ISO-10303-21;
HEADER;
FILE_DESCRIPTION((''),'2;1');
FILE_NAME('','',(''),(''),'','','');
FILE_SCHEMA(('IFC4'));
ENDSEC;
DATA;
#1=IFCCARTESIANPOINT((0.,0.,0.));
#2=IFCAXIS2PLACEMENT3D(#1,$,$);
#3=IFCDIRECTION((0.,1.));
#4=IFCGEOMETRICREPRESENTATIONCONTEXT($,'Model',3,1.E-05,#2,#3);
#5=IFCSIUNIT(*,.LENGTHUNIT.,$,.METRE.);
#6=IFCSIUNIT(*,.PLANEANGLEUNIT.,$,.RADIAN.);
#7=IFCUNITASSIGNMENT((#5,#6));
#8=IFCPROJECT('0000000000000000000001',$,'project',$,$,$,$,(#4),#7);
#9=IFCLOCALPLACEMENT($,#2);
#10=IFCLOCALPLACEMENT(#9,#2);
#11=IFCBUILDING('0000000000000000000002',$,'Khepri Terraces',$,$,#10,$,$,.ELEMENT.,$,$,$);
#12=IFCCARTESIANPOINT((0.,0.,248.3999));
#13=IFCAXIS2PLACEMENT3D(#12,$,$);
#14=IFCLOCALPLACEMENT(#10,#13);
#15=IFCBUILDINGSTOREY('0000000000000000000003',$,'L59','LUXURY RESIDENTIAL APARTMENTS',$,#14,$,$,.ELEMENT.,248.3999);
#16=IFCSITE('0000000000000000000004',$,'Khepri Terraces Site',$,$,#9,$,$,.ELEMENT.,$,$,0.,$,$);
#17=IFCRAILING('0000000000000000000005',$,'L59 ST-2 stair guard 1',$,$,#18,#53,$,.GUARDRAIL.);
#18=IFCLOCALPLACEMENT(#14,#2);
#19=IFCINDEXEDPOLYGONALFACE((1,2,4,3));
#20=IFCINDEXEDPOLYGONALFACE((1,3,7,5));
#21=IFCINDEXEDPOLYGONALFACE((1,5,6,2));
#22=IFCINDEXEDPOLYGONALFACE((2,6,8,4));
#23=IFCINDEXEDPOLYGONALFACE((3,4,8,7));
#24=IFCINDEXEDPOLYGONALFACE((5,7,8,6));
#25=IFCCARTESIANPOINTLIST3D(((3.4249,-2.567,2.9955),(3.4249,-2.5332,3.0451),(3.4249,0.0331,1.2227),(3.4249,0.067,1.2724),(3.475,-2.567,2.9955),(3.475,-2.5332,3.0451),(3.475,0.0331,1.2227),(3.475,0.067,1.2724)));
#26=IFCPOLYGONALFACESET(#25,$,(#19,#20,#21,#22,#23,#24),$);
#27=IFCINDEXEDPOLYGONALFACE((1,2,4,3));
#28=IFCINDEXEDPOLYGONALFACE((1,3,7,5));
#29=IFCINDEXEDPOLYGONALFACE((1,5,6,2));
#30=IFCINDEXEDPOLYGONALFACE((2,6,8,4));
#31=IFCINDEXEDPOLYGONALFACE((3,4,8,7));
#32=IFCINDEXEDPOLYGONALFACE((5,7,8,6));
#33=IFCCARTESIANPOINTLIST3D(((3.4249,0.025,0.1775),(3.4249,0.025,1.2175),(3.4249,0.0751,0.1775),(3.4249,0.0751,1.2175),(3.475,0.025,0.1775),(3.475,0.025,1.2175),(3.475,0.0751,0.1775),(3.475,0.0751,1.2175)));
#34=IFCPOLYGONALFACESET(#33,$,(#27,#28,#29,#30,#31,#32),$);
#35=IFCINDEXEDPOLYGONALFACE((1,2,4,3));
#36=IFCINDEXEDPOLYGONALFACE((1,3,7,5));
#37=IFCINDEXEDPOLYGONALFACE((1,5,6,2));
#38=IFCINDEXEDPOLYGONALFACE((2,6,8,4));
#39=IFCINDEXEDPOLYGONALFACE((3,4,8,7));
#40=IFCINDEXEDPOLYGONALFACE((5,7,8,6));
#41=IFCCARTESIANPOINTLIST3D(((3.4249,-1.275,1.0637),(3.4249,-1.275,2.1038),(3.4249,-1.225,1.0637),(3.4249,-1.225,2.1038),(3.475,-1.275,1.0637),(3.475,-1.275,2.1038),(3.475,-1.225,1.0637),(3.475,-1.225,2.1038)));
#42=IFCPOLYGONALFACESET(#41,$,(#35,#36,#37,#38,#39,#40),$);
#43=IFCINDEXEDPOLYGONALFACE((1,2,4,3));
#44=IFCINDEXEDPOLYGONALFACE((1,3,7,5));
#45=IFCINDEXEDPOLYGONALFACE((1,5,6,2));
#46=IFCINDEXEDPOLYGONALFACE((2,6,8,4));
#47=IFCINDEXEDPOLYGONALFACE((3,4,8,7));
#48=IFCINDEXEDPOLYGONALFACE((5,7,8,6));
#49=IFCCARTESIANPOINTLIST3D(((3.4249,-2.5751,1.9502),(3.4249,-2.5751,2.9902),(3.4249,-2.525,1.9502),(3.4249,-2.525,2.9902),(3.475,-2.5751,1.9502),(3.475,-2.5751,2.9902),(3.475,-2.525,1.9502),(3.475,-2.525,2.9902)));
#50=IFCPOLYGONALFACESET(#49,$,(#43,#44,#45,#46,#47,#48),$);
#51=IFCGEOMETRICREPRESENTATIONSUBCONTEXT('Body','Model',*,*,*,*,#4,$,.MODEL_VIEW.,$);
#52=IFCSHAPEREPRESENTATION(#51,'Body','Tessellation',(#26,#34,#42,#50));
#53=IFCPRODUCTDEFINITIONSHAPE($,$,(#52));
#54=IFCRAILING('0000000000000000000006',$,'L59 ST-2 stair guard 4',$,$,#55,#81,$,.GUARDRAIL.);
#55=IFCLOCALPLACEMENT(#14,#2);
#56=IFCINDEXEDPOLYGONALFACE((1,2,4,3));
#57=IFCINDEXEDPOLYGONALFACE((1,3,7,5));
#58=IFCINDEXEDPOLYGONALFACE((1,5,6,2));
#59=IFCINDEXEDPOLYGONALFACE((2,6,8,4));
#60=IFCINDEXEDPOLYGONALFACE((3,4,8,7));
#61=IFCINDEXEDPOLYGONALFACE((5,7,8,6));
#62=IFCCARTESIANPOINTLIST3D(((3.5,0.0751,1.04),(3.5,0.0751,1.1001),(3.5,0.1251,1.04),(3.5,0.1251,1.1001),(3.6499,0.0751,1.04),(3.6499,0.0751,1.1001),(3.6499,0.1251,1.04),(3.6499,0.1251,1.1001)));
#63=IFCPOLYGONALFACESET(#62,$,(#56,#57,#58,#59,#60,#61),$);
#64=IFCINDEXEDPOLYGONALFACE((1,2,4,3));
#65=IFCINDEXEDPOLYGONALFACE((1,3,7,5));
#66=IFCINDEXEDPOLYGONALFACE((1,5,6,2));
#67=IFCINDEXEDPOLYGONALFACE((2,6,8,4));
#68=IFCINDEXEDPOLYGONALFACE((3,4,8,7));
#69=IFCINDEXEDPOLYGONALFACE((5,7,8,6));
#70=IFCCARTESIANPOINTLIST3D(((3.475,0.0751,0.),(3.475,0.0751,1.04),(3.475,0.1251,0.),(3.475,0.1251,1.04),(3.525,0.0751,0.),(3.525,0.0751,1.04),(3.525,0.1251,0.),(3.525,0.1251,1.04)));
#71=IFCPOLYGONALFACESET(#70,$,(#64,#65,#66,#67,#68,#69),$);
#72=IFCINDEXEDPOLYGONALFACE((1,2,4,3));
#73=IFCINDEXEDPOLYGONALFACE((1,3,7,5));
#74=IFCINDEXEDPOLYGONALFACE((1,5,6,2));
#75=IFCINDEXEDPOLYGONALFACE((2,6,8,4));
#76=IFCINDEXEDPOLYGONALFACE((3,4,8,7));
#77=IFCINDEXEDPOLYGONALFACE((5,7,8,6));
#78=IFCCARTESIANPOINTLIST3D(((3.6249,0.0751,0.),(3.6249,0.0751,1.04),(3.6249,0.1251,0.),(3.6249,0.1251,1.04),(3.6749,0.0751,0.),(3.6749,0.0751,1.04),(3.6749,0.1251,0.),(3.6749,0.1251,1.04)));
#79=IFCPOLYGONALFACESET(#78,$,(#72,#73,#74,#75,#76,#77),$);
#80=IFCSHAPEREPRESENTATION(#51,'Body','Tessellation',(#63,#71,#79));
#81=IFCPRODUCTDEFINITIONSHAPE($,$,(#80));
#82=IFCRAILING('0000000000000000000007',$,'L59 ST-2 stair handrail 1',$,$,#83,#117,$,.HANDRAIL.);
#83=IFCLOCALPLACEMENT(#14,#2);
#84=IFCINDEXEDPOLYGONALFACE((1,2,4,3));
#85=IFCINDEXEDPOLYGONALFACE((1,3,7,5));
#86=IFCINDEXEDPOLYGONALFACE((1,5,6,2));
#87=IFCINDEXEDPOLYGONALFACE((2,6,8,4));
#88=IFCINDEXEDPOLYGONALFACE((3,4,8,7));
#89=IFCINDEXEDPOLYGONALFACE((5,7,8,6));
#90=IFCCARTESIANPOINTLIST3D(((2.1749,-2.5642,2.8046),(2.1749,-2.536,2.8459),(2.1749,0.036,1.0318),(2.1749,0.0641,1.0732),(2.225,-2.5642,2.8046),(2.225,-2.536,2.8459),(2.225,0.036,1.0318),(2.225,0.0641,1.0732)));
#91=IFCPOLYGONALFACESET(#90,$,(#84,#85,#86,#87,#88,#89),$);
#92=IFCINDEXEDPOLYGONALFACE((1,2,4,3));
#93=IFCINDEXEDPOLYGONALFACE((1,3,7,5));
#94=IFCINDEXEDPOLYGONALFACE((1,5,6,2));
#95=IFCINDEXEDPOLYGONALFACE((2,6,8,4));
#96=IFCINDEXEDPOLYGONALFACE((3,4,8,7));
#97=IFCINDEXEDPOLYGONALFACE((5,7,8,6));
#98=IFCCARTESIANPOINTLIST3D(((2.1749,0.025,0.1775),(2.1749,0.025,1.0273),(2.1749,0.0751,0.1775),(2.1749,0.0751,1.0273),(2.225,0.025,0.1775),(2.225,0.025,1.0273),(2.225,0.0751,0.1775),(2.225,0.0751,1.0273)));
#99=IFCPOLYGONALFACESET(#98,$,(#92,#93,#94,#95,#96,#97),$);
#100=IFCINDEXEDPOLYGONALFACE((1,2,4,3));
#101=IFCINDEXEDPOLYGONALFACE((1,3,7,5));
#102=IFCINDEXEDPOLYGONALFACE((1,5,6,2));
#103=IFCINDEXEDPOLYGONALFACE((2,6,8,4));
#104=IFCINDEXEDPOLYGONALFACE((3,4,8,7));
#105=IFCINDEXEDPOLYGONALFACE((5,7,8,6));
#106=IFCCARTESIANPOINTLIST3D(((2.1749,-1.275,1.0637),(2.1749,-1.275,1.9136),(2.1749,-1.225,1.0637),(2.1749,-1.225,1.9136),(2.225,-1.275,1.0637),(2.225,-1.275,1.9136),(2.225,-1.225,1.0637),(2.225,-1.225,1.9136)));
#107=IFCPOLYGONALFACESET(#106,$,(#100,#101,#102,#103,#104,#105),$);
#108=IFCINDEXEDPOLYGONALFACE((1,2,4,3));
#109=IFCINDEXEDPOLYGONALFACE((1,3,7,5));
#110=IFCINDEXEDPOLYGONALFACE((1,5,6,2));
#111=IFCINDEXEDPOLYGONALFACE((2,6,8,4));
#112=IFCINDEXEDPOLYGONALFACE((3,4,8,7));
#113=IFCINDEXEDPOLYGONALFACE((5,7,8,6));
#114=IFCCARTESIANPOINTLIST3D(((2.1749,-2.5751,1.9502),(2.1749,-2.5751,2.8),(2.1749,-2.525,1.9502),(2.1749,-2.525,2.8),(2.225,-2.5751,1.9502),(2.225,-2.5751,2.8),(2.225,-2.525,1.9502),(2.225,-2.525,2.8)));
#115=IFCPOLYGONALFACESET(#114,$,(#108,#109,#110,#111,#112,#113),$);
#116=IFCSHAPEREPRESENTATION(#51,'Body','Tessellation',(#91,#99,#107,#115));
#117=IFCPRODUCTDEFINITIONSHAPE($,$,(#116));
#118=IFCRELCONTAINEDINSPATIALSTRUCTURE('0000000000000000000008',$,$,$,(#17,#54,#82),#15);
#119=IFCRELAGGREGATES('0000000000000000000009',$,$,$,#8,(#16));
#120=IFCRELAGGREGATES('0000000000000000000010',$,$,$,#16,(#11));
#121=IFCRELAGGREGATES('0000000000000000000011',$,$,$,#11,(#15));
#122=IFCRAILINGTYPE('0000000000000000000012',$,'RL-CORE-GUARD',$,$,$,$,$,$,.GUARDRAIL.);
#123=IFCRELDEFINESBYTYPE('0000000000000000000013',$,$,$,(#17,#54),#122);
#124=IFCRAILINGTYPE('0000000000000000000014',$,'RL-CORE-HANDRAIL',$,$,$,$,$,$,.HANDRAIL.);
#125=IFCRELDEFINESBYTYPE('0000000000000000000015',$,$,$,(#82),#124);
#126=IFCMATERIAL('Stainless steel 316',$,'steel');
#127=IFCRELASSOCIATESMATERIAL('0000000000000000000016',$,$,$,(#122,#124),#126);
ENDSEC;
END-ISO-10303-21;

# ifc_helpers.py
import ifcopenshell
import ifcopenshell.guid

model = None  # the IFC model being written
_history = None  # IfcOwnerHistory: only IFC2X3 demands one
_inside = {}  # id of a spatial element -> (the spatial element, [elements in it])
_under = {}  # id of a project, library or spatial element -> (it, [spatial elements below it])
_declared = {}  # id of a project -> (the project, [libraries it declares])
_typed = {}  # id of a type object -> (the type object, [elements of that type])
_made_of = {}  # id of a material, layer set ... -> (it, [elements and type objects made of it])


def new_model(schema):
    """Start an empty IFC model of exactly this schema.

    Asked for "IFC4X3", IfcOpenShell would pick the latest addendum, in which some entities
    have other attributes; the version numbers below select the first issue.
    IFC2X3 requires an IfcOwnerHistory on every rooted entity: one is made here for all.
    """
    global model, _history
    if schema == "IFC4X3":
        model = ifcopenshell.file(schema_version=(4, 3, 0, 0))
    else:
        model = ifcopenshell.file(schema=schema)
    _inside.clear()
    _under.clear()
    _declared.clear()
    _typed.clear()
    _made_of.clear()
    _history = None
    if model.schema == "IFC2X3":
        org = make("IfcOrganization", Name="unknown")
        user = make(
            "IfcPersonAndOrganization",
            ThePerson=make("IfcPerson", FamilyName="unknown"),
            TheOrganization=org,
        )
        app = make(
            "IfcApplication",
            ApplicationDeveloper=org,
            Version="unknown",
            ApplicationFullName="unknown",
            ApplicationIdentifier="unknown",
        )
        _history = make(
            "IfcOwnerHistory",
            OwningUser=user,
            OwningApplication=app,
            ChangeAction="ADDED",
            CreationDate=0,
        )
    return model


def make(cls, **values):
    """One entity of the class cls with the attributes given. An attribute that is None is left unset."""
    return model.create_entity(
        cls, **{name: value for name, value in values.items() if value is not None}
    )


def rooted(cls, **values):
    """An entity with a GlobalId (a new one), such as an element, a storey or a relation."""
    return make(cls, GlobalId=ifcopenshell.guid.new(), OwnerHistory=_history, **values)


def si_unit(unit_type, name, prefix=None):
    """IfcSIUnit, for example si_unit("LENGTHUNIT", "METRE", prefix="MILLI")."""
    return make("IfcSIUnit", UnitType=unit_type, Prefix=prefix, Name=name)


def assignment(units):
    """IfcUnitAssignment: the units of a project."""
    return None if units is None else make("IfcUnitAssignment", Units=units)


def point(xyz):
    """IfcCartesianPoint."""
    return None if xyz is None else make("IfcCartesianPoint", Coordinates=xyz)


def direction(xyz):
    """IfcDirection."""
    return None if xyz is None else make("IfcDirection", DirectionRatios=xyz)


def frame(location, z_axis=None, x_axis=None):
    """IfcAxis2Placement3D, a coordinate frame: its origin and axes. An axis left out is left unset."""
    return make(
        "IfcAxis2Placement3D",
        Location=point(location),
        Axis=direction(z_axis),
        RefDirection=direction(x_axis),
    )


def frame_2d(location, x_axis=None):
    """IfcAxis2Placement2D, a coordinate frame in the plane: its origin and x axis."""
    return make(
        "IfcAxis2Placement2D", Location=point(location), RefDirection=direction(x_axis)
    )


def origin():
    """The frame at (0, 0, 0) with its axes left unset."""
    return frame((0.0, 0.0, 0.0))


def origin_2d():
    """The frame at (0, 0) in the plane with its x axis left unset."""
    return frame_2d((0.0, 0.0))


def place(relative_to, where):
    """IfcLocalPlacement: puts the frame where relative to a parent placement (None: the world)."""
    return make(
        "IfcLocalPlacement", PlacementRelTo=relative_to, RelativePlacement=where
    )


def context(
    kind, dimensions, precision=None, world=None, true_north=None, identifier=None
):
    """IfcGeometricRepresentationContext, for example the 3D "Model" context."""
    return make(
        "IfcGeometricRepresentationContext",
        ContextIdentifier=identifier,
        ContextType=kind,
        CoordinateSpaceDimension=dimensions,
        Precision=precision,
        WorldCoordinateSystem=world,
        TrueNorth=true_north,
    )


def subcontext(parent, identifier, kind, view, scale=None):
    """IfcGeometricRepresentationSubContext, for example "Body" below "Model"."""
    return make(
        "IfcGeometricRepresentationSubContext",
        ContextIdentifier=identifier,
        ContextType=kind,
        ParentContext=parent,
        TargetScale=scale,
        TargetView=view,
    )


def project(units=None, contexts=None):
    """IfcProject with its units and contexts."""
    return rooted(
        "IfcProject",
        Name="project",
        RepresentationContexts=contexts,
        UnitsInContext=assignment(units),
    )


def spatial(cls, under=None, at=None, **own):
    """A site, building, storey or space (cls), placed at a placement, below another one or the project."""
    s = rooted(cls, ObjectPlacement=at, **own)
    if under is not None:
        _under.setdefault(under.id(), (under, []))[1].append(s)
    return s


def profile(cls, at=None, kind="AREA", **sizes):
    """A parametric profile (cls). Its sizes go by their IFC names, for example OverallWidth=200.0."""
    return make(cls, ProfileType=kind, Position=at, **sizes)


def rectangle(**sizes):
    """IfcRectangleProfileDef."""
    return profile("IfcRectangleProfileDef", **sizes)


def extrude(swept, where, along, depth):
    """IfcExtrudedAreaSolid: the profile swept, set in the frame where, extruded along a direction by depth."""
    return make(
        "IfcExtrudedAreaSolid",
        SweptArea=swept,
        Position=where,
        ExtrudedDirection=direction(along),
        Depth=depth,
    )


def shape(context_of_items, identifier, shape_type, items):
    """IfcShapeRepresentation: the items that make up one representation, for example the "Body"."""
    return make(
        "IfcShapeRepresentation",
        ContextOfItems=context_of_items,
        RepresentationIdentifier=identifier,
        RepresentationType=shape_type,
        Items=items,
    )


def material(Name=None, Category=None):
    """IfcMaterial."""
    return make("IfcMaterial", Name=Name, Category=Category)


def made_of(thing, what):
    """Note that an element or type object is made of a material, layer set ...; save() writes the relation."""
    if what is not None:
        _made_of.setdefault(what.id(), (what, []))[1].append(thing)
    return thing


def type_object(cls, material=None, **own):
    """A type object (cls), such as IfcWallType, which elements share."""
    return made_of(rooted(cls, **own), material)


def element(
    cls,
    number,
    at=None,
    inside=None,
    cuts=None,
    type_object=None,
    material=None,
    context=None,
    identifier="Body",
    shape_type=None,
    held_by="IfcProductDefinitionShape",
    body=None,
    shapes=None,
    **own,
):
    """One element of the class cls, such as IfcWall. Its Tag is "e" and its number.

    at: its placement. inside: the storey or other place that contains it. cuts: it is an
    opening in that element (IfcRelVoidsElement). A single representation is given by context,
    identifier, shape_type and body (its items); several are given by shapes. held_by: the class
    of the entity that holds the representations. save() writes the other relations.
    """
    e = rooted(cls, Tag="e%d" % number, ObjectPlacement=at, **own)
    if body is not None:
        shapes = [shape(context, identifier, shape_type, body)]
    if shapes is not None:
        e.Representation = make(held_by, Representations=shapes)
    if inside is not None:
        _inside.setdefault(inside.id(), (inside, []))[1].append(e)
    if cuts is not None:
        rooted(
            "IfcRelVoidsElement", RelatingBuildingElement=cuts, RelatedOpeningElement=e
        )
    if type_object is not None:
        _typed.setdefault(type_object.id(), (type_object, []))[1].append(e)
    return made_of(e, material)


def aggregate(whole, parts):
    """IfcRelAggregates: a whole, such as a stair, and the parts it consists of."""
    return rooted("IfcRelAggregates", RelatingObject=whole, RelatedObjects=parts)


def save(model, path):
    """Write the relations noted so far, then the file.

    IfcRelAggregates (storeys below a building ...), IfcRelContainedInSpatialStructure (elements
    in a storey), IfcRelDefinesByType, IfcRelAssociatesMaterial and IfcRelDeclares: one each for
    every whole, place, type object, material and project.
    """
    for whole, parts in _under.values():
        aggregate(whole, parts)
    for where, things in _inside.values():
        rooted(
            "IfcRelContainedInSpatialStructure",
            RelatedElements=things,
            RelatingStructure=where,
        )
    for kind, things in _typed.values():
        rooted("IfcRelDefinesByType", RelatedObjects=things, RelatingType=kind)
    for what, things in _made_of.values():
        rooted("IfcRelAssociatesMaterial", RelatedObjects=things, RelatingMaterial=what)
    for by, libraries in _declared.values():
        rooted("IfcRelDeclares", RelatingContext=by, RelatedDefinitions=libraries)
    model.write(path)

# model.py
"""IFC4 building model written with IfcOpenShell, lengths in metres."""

from ifc_helpers import new_model, si_unit, direction, frame, origin, origin_2d, place, context, subcontext, project, spatial, rectangle, extrude, material, type_object, element, save


model = new_model("IFC4")

# Units and contexts
model_context = context("Model", 3, precision=1e-05, world=origin(), true_north=direction((0.0, 1.0)))
body_context = subcontext(model_context, "Body", "Model", "MODEL_VIEW")
ifc_project = project(units=[si_unit("LENGTHUNIT", "METRE"), si_unit("PLANEANGLEUNIT", "RADIAN")], contexts=[model_context])

# Site, building, storey
site_placement = place(None, origin())
site = spatial("IfcSite", under=ifc_project, at=site_placement, Name="Khepri Terraces Site", CompositionType="ELEMENT", RefElevation=0.0)
building_placement = place(site_placement, origin())
building = spatial("IfcBuilding", under=site, at=building_placement, Name="Khepri Terraces", CompositionType="ELEMENT")
storey_placement = place(building_placement, frame((0.0, 0.0, 248.3999)))
storey = spatial("IfcBuildingStorey", under=building, at=storey_placement, Name="L59", Description="LUXURY RESIDENTIAL APARTMENTS", CompositionType="ELEMENT", Elevation=248.3999)

# Railings
ifc_material_1 = material(Name="Stainless steel 316", Category="steel")
railing_type_1 = type_object("IfcRailingType", Name="RL-CORE-GUARD", PredefinedType="GUARDRAIL", material=ifc_material_1)
railing_1_placement = place(storey_placement, frame((3.45, 0.05, 0.1775)))
element("IfcRailing", 1, at=railing_1_placement, inside=storey, type_object=railing_type_1, Name="L59 ST-2 stair guard 1", PredefinedType="GUARDRAIL", context=body_context, shape_type="SweptSolid", body=[
    extrude(rectangle(XDim=0.05, YDim=0.0601, at=origin_2d()), frame((0.0, 0.0, 1.0701), z_axis=(0.0, -0.82624, 0.563318), x_axis=(1.0, 0.0, 0.0)), (0.0, 0.0, 1.0), 3.147),
    extrude(rectangle(XDim=0.05, YDim=0.05, at=origin_2d()), origin(), (0.0, 0.0, 1.0), 1.04),
    extrude(rectangle(XDim=0.05, YDim=0.05, at=origin_2d()), frame((0.0, -1.3, 0.8862)), (0.0, 0.0, 1.0), 1.04),
    extrude(rectangle(XDim=0.05, YDim=0.05, at=origin_2d()), frame((0.0, -2.6001, 1.7727)), (0.0, 0.0, 1.0), 1.04),
])
railing_2_placement = place(storey_placement, frame((3.5, 0.1001, 0.0)))
element("IfcRailing", 2, at=railing_2_placement, inside=storey, type_object=railing_type_1, Name="L59 ST-2 stair guard 4", PredefinedType="GUARDRAIL", context=body_context, shape_type="SweptSolid", body=[
    extrude(rectangle(XDim=0.05, YDim=0.0601, at=origin_2d()), frame((0.0, 0.0, 1.0701), z_axis=(1.0, 0.0, 0.0), x_axis=(0.0, 1.0, 0.0)), (0.0, 0.0, 1.0), 0.1499),
    extrude(rectangle(XDim=0.05, YDim=0.05, at=origin_2d()), origin(), (0.0, 0.0, 1.0), 1.04),
    extrude(rectangle(XDim=0.05, YDim=0.05, at=origin_2d()), frame((0.1499, 0.0, 0.0)), (0.0, 0.0, 1.0), 1.04),
])
railing_type_2 = type_object("IfcRailingType", Name="RL-CORE-HANDRAIL", PredefinedType="HANDRAIL", material=ifc_material_1)
railing_3_placement = place(storey_placement, frame((2.2, 0.05, 0.1775)))
element("IfcRailing", 3, at=railing_3_placement, inside=storey, type_object=railing_type_2, Name="L59 ST-2 stair handrail 1", PredefinedType="HANDRAIL", context=body_context, shape_type="SweptSolid", body=[
    extrude(rectangle(XDim=0.05, YDim=0.05, at=origin_2d()), frame((0.0, 0.0, 0.875), z_axis=(0.0, -0.82624, 0.563318), x_axis=(1.0, 0.0, 0.0)), (0.0, 0.0, 1.0), 3.147),
    extrude(rectangle(XDim=0.05, YDim=0.05, at=origin_2d()), origin(), (0.0, 0.0, 1.0), 0.8499),
    extrude(rectangle(XDim=0.05, YDim=0.05, at=origin_2d()), frame((0.0, -1.3, 0.8862)), (0.0, 0.0, 1.0), 0.8499),
    extrude(rectangle(XDim=0.05, YDim=0.05, at=origin_2d()), frame((0.0, -2.6001, 1.7727)), (0.0, 0.0, 1.0), 0.8499),
])

save(model, "model.ifc")
